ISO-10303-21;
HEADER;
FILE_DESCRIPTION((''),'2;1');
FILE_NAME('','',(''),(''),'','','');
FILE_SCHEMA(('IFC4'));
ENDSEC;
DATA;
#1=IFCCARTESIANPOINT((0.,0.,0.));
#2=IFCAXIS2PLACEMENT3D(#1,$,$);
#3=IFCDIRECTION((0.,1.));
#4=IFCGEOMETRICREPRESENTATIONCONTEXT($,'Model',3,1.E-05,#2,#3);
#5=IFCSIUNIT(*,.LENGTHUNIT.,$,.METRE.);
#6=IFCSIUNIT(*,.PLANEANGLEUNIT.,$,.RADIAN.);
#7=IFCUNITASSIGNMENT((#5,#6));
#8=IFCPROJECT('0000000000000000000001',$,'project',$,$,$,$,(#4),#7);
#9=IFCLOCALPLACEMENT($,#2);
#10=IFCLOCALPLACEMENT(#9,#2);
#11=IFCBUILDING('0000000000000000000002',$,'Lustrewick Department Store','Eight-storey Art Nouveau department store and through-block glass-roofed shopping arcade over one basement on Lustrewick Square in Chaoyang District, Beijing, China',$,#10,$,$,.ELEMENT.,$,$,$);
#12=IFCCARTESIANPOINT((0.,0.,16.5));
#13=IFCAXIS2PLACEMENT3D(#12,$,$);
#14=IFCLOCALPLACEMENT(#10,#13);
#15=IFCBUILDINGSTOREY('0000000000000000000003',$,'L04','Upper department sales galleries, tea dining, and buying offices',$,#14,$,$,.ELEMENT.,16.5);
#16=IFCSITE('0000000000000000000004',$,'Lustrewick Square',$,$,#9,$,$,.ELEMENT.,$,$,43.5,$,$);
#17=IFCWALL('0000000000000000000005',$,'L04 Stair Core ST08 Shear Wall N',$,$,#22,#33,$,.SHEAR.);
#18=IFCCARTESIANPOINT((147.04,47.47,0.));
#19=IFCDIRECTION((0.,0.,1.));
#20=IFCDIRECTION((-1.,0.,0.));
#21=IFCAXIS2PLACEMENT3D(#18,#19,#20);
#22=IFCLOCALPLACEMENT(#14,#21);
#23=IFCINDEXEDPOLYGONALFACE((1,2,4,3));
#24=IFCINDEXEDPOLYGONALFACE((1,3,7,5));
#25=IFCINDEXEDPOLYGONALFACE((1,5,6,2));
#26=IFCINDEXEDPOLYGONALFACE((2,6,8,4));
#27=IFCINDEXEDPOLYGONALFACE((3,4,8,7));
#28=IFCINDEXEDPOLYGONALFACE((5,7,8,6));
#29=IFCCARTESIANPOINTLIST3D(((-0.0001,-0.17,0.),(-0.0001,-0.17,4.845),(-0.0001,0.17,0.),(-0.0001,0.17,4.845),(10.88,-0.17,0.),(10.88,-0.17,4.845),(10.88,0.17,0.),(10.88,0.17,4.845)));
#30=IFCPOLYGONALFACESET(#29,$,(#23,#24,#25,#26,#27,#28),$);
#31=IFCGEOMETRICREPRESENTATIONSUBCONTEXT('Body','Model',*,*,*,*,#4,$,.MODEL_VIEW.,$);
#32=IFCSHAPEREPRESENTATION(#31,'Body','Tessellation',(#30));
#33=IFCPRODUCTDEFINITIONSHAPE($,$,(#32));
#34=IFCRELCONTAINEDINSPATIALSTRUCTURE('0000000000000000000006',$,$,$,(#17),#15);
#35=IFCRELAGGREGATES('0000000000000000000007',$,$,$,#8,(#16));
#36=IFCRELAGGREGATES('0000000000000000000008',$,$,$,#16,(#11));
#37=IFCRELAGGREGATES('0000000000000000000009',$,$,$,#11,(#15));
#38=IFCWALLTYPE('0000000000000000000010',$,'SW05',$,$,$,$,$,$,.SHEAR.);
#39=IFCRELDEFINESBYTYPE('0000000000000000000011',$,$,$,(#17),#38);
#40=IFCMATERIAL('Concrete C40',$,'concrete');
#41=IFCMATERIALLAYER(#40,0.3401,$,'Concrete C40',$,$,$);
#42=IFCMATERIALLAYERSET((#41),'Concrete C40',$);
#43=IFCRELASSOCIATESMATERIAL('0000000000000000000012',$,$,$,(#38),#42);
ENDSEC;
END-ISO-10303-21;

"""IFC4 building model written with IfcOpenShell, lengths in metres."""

from ifc_helpers import new_model, si_unit, direction, frame, frame_2d, origin, place, context, subcontext, project, spatial, rectangle, extrude, material, layer, layer_set, type_object, element, save


model = new_model("IFC4")

# Units and contexts
model_context = context("Model", 3, precision=1e-05, world=origin(), true_north=direction((0.0, 1.0)))
body_context = subcontext(model_context, "Body", "Model", "MODEL_VIEW")
ifc_project = project(units=[si_unit("LENGTHUNIT", "METRE"), si_unit("PLANEANGLEUNIT", "RADIAN")], contexts=[model_context])

# Site, building, storey
site_placement = place(None, origin())
site = spatial("IfcSite", under=ifc_project, at=site_placement, Name="Lustrewick Square", CompositionType="ELEMENT", RefElevation=43.5)
building_placement = place(site_placement, origin())
building = spatial("IfcBuilding", under=site, at=building_placement, Name="Lustrewick Department Store", Description="Eight-storey Art Nouveau department store and through-block glass-roofed shopping arcade over one basement on Lustrewick Square in Chaoyang District, Beijing, China", CompositionType="ELEMENT")
storey_placement = place(building_placement, frame((0.0, 0.0, 16.5)))
storey = spatial("IfcBuildingStorey", under=building, at=storey_placement, Name="L04", Description="Upper department sales galleries, tea dining, and buying offices", CompositionType="ELEMENT", Elevation=16.5)

# Wall
ifc_material_1 = material(Name="Concrete C40", Category="concrete")
ifc_layer_1 = layer(ifc_material_1, 0.3401, Name="Concrete C40")
ifc_layer_set_1 = layer_set([ifc_layer_1], Name="Concrete C40")
wall_type_1 = type_object("IfcWallType", Name="SW05", PredefinedType="SHEAR", material=ifc_layer_set_1)
wall_1_placement = place(storey_placement, frame((147.04, 47.47, 0.0), z_axis=(0.0, 0.0, 1.0), x_axis=(-1.0, 0.0, 0.0)))
element("IfcWall", 1, at=wall_1_placement, inside=storey, type_object=wall_type_1, Name="L04 Stair Core ST08 Shear Wall N", PredefinedType="SHEAR", context=body_context, shape_type="SweptSolid", body=[
    extrude(rectangle(XDim=10.8801, YDim=0.3401, at=frame_2d((5.4399, 0.0))), origin(), (0.0, 0.0, 1.0), 4.845),
])

save(model, "model.ifc")
